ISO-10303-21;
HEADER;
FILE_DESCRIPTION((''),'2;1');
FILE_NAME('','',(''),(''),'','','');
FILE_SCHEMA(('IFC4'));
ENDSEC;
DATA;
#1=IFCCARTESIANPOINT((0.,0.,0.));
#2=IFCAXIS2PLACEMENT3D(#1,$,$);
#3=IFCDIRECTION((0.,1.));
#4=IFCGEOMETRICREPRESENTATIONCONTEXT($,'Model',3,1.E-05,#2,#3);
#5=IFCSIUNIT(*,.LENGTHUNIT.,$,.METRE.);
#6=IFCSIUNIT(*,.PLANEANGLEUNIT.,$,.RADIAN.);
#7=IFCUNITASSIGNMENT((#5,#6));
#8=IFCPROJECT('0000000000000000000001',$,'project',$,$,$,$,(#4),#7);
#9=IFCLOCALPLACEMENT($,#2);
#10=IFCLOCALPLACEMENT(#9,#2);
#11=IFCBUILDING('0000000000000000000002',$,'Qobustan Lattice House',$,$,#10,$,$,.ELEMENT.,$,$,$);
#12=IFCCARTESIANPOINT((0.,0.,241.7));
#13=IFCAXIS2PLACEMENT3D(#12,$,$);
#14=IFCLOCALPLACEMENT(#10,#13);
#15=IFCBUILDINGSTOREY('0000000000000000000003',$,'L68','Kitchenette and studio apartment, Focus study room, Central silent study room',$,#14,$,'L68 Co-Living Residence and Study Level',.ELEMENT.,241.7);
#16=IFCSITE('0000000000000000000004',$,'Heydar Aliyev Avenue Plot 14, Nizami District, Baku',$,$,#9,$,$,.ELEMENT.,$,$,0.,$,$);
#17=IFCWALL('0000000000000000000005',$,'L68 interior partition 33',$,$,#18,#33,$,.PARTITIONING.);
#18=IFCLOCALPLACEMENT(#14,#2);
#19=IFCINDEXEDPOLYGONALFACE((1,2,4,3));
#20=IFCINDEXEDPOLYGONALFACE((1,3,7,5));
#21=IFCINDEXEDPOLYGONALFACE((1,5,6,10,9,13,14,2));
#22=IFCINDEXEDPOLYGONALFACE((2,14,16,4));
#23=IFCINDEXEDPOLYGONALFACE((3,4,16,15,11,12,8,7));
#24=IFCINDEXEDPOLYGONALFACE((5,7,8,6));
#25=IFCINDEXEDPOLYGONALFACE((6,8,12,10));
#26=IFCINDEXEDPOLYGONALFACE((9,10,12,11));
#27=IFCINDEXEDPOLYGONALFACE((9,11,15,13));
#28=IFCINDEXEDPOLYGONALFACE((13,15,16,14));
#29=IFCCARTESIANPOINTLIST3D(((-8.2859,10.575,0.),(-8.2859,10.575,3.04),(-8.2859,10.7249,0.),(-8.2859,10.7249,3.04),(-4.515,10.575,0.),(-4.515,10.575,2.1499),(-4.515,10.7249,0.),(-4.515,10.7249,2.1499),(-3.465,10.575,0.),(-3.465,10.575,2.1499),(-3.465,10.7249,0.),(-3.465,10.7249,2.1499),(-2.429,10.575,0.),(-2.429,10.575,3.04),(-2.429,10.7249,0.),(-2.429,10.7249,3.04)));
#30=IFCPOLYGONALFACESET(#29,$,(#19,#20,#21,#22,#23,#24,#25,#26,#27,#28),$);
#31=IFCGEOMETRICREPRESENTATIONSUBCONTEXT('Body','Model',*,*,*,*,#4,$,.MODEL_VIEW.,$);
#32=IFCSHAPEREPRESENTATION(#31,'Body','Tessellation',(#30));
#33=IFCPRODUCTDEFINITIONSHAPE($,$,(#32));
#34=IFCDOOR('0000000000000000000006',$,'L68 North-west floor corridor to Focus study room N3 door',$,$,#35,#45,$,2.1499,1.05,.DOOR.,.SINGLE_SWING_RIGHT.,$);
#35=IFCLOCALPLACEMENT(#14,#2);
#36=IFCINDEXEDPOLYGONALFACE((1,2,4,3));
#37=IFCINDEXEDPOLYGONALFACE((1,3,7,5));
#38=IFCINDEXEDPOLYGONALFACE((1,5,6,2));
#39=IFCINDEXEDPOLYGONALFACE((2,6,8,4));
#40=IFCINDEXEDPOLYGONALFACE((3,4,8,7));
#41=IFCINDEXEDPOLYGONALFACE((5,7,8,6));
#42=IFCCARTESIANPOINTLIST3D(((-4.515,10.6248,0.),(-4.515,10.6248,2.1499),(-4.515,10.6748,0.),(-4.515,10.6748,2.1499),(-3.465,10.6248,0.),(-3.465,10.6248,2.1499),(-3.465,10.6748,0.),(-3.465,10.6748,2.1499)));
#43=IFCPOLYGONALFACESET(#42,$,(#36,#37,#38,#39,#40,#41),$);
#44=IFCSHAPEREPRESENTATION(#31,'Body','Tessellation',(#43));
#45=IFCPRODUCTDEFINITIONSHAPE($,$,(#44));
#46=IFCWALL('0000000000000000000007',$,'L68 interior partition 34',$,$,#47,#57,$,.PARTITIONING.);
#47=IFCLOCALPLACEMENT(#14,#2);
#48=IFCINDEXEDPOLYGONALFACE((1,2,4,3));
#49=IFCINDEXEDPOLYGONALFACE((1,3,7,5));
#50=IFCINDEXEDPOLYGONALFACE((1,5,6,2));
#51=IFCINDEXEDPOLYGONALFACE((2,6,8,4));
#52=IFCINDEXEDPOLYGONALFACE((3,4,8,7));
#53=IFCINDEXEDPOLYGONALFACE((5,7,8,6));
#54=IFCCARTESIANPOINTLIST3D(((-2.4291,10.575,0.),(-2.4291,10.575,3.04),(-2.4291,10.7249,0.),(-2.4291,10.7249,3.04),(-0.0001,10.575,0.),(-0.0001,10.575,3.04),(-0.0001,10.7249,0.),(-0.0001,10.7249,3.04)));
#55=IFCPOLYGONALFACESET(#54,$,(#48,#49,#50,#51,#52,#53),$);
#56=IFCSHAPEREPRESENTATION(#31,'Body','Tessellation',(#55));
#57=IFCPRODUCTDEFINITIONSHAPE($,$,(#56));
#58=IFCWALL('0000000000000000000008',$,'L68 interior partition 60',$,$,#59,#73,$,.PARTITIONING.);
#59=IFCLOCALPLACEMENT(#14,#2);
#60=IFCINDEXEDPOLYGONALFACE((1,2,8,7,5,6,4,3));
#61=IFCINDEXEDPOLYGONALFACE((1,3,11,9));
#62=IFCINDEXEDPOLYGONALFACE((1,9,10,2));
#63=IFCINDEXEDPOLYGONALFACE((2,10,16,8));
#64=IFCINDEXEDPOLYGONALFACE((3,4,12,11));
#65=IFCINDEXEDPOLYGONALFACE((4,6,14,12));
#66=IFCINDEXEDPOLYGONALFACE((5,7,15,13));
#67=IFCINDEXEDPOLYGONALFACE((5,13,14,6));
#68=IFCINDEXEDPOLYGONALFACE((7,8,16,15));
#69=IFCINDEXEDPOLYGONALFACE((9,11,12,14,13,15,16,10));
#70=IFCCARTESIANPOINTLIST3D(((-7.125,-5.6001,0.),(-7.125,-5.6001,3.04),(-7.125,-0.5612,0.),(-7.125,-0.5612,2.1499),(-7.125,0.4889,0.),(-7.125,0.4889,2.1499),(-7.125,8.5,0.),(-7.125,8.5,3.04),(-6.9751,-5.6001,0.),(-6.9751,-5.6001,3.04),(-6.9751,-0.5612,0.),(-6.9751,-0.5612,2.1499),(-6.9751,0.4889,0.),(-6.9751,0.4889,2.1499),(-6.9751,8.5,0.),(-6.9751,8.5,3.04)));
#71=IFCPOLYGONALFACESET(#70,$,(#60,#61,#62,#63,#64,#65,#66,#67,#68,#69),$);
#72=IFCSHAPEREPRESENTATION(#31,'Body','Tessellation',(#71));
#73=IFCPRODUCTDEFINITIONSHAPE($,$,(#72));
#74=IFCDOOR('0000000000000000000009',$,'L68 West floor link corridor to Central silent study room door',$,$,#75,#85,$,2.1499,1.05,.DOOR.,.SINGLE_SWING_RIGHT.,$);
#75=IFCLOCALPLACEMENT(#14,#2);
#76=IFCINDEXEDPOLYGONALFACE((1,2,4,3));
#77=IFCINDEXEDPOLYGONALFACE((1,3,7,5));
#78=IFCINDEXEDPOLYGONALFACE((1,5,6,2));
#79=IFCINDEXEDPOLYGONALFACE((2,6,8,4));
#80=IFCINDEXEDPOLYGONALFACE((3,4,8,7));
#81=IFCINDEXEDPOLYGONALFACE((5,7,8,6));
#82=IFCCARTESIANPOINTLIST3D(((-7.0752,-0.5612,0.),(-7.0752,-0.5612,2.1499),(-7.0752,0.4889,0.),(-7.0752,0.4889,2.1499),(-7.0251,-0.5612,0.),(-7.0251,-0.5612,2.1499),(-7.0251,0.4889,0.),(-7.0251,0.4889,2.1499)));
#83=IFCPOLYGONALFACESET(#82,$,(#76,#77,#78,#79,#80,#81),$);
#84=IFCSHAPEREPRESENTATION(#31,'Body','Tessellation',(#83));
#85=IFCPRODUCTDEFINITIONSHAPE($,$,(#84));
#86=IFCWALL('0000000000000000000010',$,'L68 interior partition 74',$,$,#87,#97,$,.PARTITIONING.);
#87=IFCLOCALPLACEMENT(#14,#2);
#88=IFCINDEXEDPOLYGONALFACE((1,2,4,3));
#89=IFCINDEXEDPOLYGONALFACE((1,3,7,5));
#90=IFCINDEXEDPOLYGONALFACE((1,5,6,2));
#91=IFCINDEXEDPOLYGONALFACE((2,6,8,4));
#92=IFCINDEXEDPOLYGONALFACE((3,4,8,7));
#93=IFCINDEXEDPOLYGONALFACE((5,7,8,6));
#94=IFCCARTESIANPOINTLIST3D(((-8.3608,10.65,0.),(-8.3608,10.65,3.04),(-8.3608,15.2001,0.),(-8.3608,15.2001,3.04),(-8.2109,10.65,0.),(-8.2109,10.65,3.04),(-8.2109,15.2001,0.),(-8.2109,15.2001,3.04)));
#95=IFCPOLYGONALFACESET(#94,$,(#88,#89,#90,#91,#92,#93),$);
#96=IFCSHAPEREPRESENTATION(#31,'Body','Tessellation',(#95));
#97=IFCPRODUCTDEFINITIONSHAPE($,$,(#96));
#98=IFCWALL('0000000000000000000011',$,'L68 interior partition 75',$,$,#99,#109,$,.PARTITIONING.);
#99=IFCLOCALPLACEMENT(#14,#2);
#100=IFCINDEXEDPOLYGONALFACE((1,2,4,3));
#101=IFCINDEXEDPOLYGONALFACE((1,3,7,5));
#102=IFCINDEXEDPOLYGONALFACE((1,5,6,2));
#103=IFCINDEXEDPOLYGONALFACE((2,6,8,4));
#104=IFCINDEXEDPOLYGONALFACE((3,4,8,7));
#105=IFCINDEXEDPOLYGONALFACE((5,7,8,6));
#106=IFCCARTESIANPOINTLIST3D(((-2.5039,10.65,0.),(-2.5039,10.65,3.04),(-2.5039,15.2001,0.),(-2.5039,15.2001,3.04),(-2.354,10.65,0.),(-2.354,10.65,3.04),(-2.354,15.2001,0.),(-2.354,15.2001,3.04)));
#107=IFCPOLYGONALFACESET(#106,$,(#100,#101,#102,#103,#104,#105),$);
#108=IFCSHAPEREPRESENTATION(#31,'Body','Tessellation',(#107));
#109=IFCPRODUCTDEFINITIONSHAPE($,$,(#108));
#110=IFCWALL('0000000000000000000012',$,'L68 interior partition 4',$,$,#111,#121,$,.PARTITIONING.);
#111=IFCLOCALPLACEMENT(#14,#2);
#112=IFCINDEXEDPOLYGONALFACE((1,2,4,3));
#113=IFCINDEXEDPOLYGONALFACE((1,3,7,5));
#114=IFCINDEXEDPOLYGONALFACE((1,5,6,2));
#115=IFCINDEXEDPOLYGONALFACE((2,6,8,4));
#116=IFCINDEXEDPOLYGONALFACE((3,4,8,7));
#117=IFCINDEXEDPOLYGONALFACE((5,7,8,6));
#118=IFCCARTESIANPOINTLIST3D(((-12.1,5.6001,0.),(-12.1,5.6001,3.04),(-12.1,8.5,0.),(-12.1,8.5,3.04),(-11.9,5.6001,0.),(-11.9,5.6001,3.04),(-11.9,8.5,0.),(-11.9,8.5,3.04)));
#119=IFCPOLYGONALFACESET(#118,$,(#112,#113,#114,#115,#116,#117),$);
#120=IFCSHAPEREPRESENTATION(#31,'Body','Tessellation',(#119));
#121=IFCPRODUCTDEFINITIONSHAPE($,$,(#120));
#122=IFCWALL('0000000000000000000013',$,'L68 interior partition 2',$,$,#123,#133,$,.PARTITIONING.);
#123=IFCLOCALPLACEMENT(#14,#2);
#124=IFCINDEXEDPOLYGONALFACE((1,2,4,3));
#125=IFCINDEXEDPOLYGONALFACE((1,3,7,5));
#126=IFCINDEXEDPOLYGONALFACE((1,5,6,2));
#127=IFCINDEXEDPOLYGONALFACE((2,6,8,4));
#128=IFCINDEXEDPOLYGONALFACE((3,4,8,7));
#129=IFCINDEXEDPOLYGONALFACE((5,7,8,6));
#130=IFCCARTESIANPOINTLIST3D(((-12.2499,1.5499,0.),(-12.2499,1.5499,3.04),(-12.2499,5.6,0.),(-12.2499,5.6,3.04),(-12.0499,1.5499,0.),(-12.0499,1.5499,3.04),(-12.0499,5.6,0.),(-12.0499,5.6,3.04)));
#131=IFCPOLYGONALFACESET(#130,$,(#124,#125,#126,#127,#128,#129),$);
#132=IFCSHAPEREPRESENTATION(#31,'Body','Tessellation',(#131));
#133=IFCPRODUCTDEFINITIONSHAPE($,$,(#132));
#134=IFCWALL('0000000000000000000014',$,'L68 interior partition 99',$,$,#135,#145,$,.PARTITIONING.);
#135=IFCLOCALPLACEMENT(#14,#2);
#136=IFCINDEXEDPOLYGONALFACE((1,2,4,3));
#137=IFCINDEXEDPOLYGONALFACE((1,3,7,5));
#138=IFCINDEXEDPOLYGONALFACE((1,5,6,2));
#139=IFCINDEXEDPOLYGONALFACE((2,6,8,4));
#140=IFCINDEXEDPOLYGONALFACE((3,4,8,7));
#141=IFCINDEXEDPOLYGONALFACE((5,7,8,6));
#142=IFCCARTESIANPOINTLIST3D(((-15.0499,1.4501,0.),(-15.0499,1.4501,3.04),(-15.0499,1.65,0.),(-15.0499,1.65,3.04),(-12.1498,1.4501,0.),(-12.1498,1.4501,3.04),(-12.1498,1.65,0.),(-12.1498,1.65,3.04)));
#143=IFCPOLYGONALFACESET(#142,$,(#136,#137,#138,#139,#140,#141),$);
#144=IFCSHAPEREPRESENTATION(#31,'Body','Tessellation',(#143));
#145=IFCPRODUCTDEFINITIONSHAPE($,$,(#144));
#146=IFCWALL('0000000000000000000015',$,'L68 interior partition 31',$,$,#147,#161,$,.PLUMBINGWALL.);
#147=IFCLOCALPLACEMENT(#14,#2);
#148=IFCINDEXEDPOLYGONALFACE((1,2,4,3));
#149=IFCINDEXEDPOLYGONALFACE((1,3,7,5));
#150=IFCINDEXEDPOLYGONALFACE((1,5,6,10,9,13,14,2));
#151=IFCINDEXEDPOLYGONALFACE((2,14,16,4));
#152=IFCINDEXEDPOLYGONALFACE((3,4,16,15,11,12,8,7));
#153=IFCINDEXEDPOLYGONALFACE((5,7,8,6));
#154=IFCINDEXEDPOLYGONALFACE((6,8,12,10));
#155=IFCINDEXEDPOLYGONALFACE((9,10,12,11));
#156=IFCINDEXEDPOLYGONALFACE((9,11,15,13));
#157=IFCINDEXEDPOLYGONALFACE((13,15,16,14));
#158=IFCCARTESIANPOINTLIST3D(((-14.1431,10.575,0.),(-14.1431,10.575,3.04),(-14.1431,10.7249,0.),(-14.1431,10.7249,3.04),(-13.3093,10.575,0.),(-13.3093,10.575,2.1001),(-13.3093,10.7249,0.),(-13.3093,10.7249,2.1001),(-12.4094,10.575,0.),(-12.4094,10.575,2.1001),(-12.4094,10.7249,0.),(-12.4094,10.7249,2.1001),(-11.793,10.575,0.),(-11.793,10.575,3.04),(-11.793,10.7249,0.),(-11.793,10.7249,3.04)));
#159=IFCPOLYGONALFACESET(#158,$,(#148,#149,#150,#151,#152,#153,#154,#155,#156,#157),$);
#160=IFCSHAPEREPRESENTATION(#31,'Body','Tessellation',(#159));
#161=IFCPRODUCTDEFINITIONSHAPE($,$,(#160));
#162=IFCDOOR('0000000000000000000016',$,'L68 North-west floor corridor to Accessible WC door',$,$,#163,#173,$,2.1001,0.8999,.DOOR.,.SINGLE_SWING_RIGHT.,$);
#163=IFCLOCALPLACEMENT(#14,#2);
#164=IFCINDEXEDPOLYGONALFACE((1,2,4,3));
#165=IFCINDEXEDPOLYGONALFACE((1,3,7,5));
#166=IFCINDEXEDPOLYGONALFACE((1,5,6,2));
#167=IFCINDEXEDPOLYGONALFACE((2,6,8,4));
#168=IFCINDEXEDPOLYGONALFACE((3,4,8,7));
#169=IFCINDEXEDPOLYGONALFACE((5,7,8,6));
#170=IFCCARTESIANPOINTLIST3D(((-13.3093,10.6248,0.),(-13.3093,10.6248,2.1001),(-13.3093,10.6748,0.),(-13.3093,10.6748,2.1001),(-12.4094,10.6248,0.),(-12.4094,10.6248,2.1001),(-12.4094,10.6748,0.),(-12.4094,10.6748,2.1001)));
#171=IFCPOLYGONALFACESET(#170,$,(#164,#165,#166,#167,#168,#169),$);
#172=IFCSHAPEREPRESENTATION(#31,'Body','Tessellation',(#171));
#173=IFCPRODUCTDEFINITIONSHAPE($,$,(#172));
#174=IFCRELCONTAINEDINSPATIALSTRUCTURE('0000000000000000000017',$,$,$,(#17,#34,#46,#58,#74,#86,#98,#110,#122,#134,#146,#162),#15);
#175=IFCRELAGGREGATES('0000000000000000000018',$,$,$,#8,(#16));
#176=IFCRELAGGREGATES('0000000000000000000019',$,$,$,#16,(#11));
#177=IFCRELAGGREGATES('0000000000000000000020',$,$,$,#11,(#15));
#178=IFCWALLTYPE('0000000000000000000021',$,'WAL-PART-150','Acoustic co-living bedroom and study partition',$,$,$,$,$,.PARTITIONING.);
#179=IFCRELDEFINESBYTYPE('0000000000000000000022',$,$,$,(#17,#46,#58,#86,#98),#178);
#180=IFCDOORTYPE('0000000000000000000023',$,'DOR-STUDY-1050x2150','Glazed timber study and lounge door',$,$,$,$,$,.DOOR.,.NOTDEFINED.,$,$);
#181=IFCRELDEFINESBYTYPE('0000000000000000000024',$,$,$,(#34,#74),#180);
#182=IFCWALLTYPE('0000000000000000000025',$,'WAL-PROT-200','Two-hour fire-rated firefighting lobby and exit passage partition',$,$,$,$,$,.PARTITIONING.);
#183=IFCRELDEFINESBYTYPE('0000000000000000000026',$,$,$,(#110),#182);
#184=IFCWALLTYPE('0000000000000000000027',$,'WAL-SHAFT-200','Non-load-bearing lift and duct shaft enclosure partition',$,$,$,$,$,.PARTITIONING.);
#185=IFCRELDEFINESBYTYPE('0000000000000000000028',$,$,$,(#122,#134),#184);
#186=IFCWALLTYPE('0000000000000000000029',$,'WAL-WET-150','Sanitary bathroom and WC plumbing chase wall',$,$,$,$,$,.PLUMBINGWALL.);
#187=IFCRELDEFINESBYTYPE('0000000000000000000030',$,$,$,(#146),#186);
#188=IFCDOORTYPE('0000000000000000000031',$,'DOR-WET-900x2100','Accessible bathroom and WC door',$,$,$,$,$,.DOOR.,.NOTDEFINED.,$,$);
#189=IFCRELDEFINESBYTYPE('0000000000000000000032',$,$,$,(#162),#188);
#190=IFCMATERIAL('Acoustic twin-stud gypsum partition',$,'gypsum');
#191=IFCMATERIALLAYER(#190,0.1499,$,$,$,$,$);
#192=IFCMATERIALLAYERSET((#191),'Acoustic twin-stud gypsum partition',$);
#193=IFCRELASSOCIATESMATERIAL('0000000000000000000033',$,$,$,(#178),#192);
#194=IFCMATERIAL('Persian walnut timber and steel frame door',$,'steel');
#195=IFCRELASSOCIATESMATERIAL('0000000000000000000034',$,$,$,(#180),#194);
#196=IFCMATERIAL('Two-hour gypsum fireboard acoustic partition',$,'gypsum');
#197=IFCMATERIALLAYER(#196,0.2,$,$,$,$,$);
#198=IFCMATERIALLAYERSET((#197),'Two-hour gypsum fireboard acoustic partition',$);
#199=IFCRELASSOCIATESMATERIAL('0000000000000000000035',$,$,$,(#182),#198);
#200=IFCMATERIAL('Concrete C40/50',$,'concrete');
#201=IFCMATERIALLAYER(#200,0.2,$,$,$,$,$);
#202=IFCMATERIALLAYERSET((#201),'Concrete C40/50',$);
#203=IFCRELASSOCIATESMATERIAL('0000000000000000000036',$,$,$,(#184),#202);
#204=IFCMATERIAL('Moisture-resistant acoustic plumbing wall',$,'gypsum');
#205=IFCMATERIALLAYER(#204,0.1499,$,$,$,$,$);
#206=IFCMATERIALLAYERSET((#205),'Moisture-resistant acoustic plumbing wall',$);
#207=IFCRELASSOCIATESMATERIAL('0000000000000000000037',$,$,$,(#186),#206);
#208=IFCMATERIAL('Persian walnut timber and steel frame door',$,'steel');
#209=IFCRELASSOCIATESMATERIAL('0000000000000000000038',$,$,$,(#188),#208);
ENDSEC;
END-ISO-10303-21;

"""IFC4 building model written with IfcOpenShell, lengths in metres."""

from ifc_helpers import new_model, si_unit, direction, frame, frame_2d, origin, place, context, subcontext, project, spatial, rectangle, extrude, material, layer, layer_set, type_object, element, fill, save


model = new_model("IFC4")

# Units and contexts
model_context = context("Model", 3, precision=1e-05, world=origin(), true_north=direction((0.0, 1.0)))
body_context = subcontext(model_context, "Body", "Model", "MODEL_VIEW")
ifc_project = project(units=[si_unit("LENGTHUNIT", "METRE"), si_unit("PLANEANGLEUNIT", "RADIAN")], contexts=[model_context])

# Site, building, storey
site_placement = place(None, origin())
site = spatial("IfcSite", under=ifc_project, at=site_placement, Name="Heydar Aliyev Avenue Plot 14, Nizami District, Baku", CompositionType="ELEMENT", RefElevation=0.0)
building_placement = place(site_placement, origin())
building = spatial("IfcBuilding", under=site, at=building_placement, Name="Qobustan Lattice House", CompositionType="ELEMENT")
storey_placement = place(building_placement, frame((0.0, 0.0, 241.7)))
storey = spatial("IfcBuildingStorey", under=building, at=storey_placement, Name="L68", Description="Kitchenette and studio apartment, Focus study room, Central silent study room", LongName="L68 Co-Living Residence and Study Level", CompositionType="ELEMENT", Elevation=241.7)

# Shared definitions
ifc_material_1 = material(Name="Acoustic twin-stud gypsum partition", Category="gypsum")
ifc_layer_1 = layer(ifc_material_1, 0.1499)
ifc_layer_set_1 = layer_set([ifc_layer_1], Name="Acoustic twin-stud gypsum partition")
wall_type_1 = type_object("IfcWallType", Name="WAL-PART-150", Description="Acoustic co-living bedroom and study partition", PredefinedType="PARTITIONING", material=ifc_layer_set_1)

# Wall, opening, door
wall_1_placement = place(storey_placement, frame((-8.2859, 10.6499, 0.0), z_axis=(0.0, 0.0, 1.0), x_axis=(1.0, 0.0, 0.0)))
wall_1 = element("IfcWall", 1, at=wall_1_placement, inside=storey, type_object=wall_type_1, Name="L68 interior partition 33", PredefinedType="PARTITIONING", context=body_context, shape_type="SweptSolid", body=[
    extrude(rectangle(XDim=5.8569, YDim=0.1499, at=frame_2d((2.9285, 0.0))), origin(), (0.0, 0.0, 1.0), 3.04),
])
opening_1_placement = place(wall_1_placement, frame((3.771, 0.0, 0.0)))
opening_1 = element("IfcOpeningElement", 2, at=opening_1_placement, cuts=wall_1, PredefinedType="OPENING", context=body_context, shape_type="SweptSolid", body=[
    extrude(rectangle(XDim=1.05, YDim=2.1499, at=frame_2d((0.5249, 1.075))), frame((0.0, 0.085, 0.0), z_axis=(0.0, -1.0, 0.0), x_axis=(1.0, 0.0, 0.0)), (0.0, 0.0, 1.0), 0.1699),
])
ifc_material_2 = material(Name="Persian walnut timber and steel frame door", Category="steel")
door_type_1 = type_object("IfcDoorType", Name="DOR-STUDY-1050x2150", Description="Glazed timber study and lounge door", OperationType="NOTDEFINED", PredefinedType="DOOR", material=ifc_material_2)
door_1_placement = place(opening_1_placement, origin())
door_1 = element("IfcDoor", 3, at=door_1_placement, inside=storey, type_object=door_type_1, Name="L68 North-west floor corridor to Focus study room N3 door", OperationType="SINGLE_SWING_RIGHT", OverallHeight=2.1499, OverallWidth=1.05, PredefinedType="DOOR", context=body_context, shape_type="SweptSolid", body=[
    extrude(rectangle(XDim=1.05, YDim=2.1499, at=frame_2d((0.5249, 1.075))), frame((0.0, 0.0249, 0.0), z_axis=(0.0, -1.0, 0.0), x_axis=(1.0, 0.0, 0.0)), (0.0, 0.0, 1.0), 0.05),
])
fill(opening_1, door_1)

# Wall
wall_2_placement = place(storey_placement, frame((-2.429, 10.6499, 0.0), z_axis=(0.0, 0.0, 1.0), x_axis=(1.0, 0.0, 0.0)))
element("IfcWall", 4, at=wall_2_placement, inside=storey, type_object=wall_type_1, Name="L68 interior partition 34", PredefinedType="PARTITIONING", context=body_context, shape_type="SweptSolid", body=[
    extrude(rectangle(XDim=2.429, YDim=0.1499, at=frame_2d((1.2144, 0.0))), origin(), (0.0, 0.0, 1.0), 3.04),
])

# Wall, opening, door
wall_3_placement = place(storey_placement, frame((-7.05, 8.5, 0.0), z_axis=(0.0, 0.0, 1.0), x_axis=(0.0, -1.0, 0.0)))
wall_3 = element("IfcWall", 5, at=wall_3_placement, inside=storey, type_object=wall_type_1, Name="L68 interior partition 60", PredefinedType="PARTITIONING", context=body_context, shape_type="SweptSolid", body=[
    extrude(rectangle(XDim=14.1001, YDim=0.1499, at=frame_2d((7.05, 0.0))), origin(), (0.0, 0.0, 1.0), 3.04),
])
opening_2_placement = place(wall_3_placement, frame((8.0112, 0.0, 0.0)))
opening_2 = element("IfcOpeningElement", 6, at=opening_2_placement, cuts=wall_3, PredefinedType="OPENING", context=body_context, shape_type="SweptSolid", body=[
    extrude(rectangle(XDim=1.05, YDim=2.1499, at=frame_2d((0.5249, 1.075))), frame((0.0, 0.085, 0.0), z_axis=(0.0, -1.0, 0.0), x_axis=(1.0, 0.0, 0.0)), (0.0, 0.0, 1.0), 0.1699),
])
door_2_placement = place(opening_2_placement, origin())
door_2 = element("IfcDoor", 7, at=door_2_placement, inside=storey, type_object=door_type_1, Name="L68 West floor link corridor to Central silent study room door", OperationType="SINGLE_SWING_RIGHT", OverallHeight=2.1499, OverallWidth=1.05, PredefinedType="DOOR", context=body_context, shape_type="SweptSolid", body=[
    extrude(rectangle(XDim=1.05, YDim=2.1499, at=frame_2d((0.5249, 1.075))), frame((0.0, 0.0249, 0.0), z_axis=(0.0, -1.0, 0.0), x_axis=(1.0, 0.0, 0.0)), (0.0, 0.0, 1.0), 0.05),
])
fill(opening_2, door_2)

# Walls
for number, where, z_axis, x_axis, name in (
    (8, (-8.2859, 15.2, 0.0), (0.0, 0.0, 1.0), (0.0, -1.0, 0.0), "L68 interior partition 74"),
    (9, (-2.429, 15.2, 0.0), (0.0, 0.0, 1.0), (0.0, -1.0, 0.0), "L68 interior partition 75"),
):
    element("IfcWall", number, at=place(storey_placement, frame(where, z_axis=z_axis, x_axis=x_axis)), inside=storey, type_object=wall_type_1, Name=name, PredefinedType="PARTITIONING", context=body_context, shape_type="SweptSolid", body=[
        extrude(rectangle(XDim=4.55, YDim=0.1499, at=frame_2d((2.2749, 0.0))), origin(), (0.0, 0.0, 1.0), 3.04),
    ])

# Shared definitions
ifc_material_3 = material(Name="Two-hour gypsum fireboard acoustic partition", Category="gypsum")
ifc_layer_2 = layer(ifc_material_3, 0.2)
ifc_layer_set_2 = layer_set([ifc_layer_2], Name="Two-hour gypsum fireboard acoustic partition")
wall_type_2 = type_object("IfcWallType", Name="WAL-PROT-200", Description="Two-hour fire-rated firefighting lobby and exit passage partition", PredefinedType="PARTITIONING", material=ifc_layer_set_2)

# Walls
wall_4_placement = place(storey_placement, frame((-12.0, 5.6001, 0.0), z_axis=(0.0, 0.0, 1.0), x_axis=(0.0, 1.0, 0.0)))
element("IfcWall", 10, at=wall_4_placement, inside=storey, type_object=wall_type_2, Name="L68 interior partition 4", PredefinedType="PARTITIONING", context=body_context, shape_type="SweptSolid", body=[
    extrude(rectangle(XDim=2.8999, YDim=0.2, at=frame_2d((1.45, 0.0))), origin(), (0.0, 0.0, 1.0), 3.04),
])
ifc_material_4 = material(Name="Concrete C40/50", Category="concrete")
ifc_layer_3 = layer(ifc_material_4, 0.2)
ifc_layer_set_3 = layer_set([ifc_layer_3], Name="Concrete C40/50")
wall_type_3 = type_object("IfcWallType", Name="WAL-SHAFT-200", Description="Non-load-bearing lift and duct shaft enclosure partition", PredefinedType="PARTITIONING", material=ifc_layer_set_3)
wall_5_placement = place(storey_placement, frame((-12.1499, 1.55, 0.0), z_axis=(0.0, 0.0, 1.0), x_axis=(0.0, 1.0, 0.0)))
element("IfcWall", 11, at=wall_5_placement, inside=storey, type_object=wall_type_3, Name="L68 interior partition 2", PredefinedType="PARTITIONING", context=body_context, shape_type="SweptSolid", body=[
    extrude(rectangle(XDim=4.05, YDim=0.2, at=frame_2d((2.0249, 0.0))), origin(), (0.0, 0.0, 1.0), 3.04),
])
wall_6_placement = place(storey_placement, frame((-15.05, 1.55, 0.0), z_axis=(0.0, 0.0, 1.0), x_axis=(1.0, 0.0, 0.0)))
element("IfcWall", 12, at=wall_6_placement, inside=storey, type_object=wall_type_3, Name="L68 interior partition 99", PredefinedType="PARTITIONING", context=body_context, shape_type="SweptSolid", body=[
    extrude(rectangle(XDim=2.9001, YDim=0.2, at=frame_2d((1.4502, 0.0))), origin(), (0.0, 0.0, 1.0), 3.04),
])

# Wall, opening, door
ifc_material_5 = material(Name="Moisture-resistant acoustic plumbing wall", Category="gypsum")
ifc_layer_4 = layer(ifc_material_5, 0.1499)
ifc_layer_set_4 = layer_set([ifc_layer_4], Name="Moisture-resistant acoustic plumbing wall")
wall_type_4 = type_object("IfcWallType", Name="WAL-WET-150", Description="Sanitary bathroom and WC plumbing chase wall", PredefinedType="PLUMBINGWALL", material=ifc_layer_set_4)
wall_7_placement = place(storey_placement, frame((-14.1431, 10.6499, 0.0), z_axis=(0.0, 0.0, 1.0), x_axis=(1.0, 0.0, 0.0)))
wall_7 = element("IfcWall", 13, at=wall_7_placement, inside=storey, type_object=wall_type_4, Name="L68 interior partition 31", PredefinedType="PLUMBINGWALL", context=body_context, shape_type="SweptSolid", body=[
    extrude(rectangle(XDim=2.3501, YDim=0.1499, at=frame_2d((1.175, 0.0))), origin(), (0.0, 0.0, 1.0), 3.04),
])
opening_3_placement = place(wall_7_placement, frame((0.8337, 0.0, 0.0)))
opening_3 = element("IfcOpeningElement", 14, at=opening_3_placement, cuts=wall_7, PredefinedType="OPENING", context=body_context, shape_type="SweptSolid", body=[
    extrude(rectangle(XDim=0.8999, YDim=2.1001, at=frame_2d((0.45, 1.05))), frame((0.0, 0.085, 0.0), z_axis=(0.0, -1.0, 0.0), x_axis=(1.0, 0.0, 0.0)), (0.0, 0.0, 1.0), 0.1699),
])
ifc_material_6 = material(Name="Persian walnut timber and steel frame door", Category="steel")
door_type_2 = type_object("IfcDoorType", Name="DOR-WET-900x2100", Description="Accessible bathroom and WC door", OperationType="NOTDEFINED", PredefinedType="DOOR", material=ifc_material_6)
door_3_placement = place(opening_3_placement, origin())
door_3 = element("IfcDoor", 15, at=door_3_placement, inside=storey, type_object=door_type_2, Name="L68 North-west floor corridor to Accessible WC door", OperationType="SINGLE_SWING_RIGHT", OverallHeight=2.1001, OverallWidth=0.8999, PredefinedType="DOOR", context=body_context, shape_type="SweptSolid", body=[
    extrude(rectangle(XDim=0.8999, YDim=2.1001, at=frame_2d((0.45, 1.05))), frame((0.0, 0.0249, 0.0), z_axis=(0.0, -1.0, 0.0), x_axis=(1.0, 0.0, 0.0)), (0.0, 0.0, 1.0), 0.05),
])
fill(opening_3, door_3)

save(model, "model.ifc")
